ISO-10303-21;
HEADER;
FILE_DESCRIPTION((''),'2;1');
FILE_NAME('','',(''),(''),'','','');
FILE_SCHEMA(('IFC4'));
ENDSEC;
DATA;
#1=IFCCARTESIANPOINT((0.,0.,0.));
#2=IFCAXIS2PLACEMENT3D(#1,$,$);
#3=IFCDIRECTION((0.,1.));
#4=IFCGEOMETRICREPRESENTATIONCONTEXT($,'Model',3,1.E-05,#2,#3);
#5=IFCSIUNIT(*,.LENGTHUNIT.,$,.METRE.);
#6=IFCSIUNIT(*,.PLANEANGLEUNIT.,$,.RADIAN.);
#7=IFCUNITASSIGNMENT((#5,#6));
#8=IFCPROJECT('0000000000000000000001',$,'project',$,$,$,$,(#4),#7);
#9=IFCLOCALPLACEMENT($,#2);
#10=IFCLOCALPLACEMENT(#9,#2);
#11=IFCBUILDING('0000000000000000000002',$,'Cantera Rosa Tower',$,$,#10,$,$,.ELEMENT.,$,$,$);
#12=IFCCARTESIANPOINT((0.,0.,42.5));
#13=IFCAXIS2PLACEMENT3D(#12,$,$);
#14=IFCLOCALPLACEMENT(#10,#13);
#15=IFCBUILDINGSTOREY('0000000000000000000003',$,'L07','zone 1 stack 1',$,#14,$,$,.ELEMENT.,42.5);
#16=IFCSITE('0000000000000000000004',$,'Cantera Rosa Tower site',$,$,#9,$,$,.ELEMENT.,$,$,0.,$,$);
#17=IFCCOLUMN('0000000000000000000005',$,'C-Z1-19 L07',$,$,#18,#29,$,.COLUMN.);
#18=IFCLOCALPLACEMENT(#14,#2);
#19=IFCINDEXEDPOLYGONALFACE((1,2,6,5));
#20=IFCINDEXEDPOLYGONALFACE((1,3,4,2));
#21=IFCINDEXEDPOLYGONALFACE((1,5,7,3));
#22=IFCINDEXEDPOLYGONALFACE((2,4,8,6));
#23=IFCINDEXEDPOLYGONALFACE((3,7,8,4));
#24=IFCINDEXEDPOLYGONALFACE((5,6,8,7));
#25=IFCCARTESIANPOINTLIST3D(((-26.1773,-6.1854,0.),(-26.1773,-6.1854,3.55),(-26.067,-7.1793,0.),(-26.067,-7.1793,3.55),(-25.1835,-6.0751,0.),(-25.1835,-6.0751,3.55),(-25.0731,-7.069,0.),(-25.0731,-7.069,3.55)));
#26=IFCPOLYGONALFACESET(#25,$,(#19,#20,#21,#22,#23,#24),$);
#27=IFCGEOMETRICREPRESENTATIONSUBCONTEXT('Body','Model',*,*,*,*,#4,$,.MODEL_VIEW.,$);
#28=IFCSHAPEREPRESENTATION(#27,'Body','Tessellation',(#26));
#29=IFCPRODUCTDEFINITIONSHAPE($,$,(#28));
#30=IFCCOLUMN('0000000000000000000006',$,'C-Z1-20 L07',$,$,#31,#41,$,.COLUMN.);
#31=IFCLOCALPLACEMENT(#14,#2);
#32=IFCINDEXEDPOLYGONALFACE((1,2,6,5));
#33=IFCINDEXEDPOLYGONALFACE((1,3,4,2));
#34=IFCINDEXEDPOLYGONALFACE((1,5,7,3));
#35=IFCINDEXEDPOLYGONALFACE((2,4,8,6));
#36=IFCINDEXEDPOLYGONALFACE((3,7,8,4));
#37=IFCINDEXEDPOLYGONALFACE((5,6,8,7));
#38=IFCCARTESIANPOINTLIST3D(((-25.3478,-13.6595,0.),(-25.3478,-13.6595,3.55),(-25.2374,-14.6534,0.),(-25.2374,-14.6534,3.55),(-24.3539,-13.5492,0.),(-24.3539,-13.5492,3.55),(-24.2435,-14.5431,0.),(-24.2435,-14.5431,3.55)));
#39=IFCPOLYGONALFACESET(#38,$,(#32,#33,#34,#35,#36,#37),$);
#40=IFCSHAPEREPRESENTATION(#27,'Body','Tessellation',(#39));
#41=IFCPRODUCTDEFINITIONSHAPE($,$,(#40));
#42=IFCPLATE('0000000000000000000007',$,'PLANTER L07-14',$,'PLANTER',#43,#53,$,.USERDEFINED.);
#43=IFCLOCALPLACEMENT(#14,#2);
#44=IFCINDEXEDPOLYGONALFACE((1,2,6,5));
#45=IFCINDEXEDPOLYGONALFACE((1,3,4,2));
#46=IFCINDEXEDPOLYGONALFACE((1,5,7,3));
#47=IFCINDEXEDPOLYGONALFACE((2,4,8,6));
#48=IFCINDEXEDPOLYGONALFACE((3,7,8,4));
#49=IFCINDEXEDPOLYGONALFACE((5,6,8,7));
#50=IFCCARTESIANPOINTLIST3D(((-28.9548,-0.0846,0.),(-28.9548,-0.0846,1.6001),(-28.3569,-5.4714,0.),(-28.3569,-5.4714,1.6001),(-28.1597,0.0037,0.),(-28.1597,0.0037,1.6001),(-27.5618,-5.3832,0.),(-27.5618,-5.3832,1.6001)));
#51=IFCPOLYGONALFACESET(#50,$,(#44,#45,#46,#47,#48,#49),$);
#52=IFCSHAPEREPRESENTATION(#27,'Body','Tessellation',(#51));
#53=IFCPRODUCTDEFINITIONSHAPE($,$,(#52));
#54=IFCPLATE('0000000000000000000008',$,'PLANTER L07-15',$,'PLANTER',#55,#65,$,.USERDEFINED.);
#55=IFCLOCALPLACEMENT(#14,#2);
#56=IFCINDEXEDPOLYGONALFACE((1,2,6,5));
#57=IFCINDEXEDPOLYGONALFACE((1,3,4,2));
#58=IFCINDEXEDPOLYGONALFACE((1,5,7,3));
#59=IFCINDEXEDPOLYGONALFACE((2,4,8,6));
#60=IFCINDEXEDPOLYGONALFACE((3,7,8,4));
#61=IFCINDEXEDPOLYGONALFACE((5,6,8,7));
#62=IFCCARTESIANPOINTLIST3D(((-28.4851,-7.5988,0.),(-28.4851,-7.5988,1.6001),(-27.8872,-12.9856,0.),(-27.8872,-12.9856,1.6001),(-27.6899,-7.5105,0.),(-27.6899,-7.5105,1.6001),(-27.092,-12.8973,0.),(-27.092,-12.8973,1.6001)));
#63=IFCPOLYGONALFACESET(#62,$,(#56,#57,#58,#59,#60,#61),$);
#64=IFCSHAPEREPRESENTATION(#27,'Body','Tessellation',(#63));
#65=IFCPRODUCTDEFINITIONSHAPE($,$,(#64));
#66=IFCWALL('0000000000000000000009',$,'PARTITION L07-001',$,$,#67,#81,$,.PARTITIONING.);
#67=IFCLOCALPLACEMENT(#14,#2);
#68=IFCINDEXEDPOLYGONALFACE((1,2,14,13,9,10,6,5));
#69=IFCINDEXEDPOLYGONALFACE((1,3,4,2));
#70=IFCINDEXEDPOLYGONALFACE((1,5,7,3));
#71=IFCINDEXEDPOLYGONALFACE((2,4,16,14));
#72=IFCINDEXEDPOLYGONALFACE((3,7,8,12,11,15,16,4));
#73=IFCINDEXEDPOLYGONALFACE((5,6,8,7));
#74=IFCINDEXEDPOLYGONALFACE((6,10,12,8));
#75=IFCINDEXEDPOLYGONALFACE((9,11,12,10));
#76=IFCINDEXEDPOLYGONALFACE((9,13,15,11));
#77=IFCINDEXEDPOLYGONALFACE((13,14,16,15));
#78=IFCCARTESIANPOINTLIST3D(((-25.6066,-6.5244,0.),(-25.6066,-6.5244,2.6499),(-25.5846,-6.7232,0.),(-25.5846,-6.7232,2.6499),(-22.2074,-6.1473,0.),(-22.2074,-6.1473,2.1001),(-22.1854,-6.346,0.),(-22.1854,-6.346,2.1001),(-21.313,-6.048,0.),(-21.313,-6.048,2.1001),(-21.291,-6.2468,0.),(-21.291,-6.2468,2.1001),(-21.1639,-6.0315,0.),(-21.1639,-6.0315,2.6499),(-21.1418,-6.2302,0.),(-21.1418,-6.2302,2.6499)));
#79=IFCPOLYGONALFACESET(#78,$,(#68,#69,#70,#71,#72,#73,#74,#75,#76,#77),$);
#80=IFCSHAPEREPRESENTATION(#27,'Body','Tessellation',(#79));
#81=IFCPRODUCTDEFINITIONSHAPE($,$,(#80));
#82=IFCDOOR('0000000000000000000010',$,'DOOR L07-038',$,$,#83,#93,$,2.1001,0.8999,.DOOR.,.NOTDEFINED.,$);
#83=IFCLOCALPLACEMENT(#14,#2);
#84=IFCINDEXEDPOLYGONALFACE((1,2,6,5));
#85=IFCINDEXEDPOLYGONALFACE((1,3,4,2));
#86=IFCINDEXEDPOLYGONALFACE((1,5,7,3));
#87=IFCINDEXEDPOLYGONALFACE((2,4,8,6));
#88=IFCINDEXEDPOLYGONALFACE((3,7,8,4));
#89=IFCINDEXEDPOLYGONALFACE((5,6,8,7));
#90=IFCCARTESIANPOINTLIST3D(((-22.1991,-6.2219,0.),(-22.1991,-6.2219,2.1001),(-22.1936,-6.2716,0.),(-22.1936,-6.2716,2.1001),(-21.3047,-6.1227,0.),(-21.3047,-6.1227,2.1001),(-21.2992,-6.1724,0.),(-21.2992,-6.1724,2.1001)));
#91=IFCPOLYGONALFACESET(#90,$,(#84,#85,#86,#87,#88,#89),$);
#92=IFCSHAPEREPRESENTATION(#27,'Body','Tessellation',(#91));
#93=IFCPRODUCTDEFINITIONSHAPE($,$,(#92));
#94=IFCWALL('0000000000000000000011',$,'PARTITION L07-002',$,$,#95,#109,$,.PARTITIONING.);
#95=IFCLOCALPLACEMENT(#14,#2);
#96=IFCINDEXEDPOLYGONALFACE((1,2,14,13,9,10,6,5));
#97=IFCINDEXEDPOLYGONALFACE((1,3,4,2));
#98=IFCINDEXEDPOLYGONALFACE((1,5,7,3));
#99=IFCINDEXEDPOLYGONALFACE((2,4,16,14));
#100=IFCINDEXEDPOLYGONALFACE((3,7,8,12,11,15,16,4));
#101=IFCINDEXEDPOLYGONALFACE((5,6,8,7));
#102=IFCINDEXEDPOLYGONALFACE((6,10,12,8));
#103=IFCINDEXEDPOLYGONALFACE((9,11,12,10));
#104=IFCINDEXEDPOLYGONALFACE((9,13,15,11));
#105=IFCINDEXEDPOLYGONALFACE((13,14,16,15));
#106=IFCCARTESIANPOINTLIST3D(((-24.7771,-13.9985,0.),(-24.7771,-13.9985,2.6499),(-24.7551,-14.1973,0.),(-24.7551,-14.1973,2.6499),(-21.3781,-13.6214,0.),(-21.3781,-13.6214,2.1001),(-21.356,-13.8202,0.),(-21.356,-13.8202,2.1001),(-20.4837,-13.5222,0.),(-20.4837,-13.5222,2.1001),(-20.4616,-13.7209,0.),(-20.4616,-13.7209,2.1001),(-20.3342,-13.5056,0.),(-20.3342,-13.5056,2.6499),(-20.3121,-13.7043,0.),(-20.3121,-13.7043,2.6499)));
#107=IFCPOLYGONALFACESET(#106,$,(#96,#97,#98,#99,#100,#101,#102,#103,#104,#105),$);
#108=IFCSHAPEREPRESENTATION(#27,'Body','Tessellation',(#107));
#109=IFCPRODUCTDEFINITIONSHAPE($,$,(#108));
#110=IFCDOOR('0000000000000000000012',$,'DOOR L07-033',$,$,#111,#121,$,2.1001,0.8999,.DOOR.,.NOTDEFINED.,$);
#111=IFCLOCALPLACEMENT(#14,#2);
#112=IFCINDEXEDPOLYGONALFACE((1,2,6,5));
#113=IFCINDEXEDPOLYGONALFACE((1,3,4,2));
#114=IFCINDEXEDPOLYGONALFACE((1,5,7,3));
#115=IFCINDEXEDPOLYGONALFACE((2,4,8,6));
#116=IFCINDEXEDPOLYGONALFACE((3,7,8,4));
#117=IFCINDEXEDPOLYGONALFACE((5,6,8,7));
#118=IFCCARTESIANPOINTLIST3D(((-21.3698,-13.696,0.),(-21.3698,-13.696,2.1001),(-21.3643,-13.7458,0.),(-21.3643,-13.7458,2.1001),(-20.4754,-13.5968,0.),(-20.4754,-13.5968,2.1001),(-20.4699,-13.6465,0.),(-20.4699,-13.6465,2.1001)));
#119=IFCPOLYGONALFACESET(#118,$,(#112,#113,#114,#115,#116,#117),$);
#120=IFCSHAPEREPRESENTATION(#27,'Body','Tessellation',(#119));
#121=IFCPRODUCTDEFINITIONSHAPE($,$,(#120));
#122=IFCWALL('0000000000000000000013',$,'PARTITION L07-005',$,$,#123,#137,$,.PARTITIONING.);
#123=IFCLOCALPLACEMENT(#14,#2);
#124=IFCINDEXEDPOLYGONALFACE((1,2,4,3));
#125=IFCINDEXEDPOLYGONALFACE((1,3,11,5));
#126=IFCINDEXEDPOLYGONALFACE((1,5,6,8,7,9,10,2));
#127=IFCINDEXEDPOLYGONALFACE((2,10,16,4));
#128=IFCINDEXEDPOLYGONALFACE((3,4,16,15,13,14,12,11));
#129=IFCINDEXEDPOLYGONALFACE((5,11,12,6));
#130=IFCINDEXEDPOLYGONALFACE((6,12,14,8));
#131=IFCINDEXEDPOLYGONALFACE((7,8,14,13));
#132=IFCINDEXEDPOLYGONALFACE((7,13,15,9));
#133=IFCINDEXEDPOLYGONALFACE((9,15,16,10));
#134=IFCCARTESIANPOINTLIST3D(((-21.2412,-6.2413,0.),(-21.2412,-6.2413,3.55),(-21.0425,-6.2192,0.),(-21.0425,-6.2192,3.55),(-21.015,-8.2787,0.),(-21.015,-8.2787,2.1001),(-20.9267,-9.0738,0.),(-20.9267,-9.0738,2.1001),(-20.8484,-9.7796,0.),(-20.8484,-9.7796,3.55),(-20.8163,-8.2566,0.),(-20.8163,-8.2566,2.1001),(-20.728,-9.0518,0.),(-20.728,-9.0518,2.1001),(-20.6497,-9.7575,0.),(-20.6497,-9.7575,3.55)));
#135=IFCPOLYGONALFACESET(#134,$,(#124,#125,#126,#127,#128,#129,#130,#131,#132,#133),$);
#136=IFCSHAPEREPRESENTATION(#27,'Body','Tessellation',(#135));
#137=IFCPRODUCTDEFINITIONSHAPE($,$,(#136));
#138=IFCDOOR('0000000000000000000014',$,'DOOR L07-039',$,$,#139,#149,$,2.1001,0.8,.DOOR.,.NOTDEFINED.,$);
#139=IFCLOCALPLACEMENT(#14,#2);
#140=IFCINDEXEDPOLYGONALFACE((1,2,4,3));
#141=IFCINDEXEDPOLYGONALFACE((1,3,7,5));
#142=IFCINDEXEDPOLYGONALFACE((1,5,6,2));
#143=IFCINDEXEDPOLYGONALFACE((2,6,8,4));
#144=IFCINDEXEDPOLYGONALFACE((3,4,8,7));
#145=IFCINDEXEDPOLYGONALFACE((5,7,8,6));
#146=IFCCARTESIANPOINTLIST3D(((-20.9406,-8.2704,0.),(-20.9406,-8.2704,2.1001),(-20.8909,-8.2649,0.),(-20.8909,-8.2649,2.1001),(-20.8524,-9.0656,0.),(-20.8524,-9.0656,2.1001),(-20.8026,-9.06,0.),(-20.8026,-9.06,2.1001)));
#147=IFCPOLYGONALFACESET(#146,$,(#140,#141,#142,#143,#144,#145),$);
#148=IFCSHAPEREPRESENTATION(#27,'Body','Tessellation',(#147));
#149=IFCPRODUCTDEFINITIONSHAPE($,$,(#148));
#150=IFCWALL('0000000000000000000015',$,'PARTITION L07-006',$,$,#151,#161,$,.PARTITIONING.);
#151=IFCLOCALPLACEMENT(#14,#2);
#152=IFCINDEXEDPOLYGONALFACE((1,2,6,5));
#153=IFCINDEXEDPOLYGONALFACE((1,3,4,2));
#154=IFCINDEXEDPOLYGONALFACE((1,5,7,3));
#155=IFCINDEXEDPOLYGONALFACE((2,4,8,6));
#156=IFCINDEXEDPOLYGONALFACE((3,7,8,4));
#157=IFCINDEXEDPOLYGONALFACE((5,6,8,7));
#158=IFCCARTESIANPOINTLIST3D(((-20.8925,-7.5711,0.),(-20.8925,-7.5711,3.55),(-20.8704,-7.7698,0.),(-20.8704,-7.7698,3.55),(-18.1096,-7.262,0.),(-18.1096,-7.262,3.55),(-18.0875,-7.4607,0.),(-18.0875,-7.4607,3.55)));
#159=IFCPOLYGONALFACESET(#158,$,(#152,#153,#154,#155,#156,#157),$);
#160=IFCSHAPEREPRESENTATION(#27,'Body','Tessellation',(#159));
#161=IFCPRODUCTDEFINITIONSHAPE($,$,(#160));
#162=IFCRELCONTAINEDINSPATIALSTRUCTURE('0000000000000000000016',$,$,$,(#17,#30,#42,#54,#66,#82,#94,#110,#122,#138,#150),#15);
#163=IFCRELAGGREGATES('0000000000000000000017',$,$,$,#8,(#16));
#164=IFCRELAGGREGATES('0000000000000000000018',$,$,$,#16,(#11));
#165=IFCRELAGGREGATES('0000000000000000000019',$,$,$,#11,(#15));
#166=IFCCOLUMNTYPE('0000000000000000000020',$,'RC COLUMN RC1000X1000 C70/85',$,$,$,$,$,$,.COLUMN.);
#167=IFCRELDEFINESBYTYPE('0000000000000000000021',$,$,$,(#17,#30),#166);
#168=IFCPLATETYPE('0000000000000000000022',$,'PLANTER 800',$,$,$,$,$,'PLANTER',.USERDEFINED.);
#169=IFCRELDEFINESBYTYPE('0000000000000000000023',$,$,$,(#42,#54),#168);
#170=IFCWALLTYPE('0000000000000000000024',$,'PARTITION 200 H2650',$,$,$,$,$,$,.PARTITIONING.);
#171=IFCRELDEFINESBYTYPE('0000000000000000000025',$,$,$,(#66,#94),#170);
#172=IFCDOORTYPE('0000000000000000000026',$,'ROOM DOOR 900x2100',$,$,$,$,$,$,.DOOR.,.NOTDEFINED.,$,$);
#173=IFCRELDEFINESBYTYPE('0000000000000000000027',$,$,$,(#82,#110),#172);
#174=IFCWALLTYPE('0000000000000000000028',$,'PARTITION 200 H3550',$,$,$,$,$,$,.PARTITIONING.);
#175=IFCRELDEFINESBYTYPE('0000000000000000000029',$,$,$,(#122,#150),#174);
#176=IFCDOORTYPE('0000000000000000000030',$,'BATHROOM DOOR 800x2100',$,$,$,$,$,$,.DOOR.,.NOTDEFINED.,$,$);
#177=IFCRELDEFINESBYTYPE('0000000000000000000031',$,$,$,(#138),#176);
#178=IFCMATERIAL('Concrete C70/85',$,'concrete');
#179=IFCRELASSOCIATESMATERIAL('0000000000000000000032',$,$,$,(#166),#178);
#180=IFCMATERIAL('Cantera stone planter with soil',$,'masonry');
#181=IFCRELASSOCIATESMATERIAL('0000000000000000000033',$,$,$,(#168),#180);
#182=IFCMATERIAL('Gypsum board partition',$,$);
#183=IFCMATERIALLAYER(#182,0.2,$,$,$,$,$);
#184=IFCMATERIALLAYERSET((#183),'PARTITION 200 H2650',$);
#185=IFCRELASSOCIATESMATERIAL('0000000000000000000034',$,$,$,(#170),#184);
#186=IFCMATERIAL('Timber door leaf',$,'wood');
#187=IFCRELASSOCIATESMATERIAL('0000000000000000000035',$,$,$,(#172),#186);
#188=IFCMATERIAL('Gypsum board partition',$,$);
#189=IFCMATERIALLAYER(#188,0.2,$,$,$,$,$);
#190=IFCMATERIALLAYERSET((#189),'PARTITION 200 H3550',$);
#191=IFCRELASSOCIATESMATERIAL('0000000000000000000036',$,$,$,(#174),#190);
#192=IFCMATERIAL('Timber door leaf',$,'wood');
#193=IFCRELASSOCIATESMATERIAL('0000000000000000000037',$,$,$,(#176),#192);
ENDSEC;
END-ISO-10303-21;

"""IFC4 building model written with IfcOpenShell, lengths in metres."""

from ifc_helpers import new_model, si_unit, direction, frame, frame_2d, origin, origin_2d, place, context, subcontext, project, spatial, rectangle, extrude, material, layer, layer_set, material_profile, profile_set, type_object, element, fill, save


model = new_model("IFC4")

# Units and contexts
model_context = context("Model", 3, precision=1e-05, world=origin(), true_north=direction((0.0, 1.0)))
body_context = subcontext(model_context, "Body", "Model", "MODEL_VIEW")
ifc_project = project(units=[si_unit("LENGTHUNIT", "METRE"), si_unit("PLANEANGLEUNIT", "RADIAN")], contexts=[model_context])

# Site, building, storey
site_placement = place(None, origin())
site = spatial("IfcSite", under=ifc_project, at=site_placement, Name="Cantera Rosa Tower site", CompositionType="ELEMENT", RefElevation=0.0)
building_placement = place(site_placement, origin())
building = spatial("IfcBuilding", under=site, at=building_placement, Name="Cantera Rosa Tower", CompositionType="ELEMENT")
storey_placement = place(building_placement, frame((0.0, 0.0, 42.5)))
storey = spatial("IfcBuildingStorey", under=building, at=storey_placement, Name="L07", Description="zone 1 stack 1", CompositionType="ELEMENT", Elevation=42.5)

# Columns
ifc_material_1 = material(Name="Concrete C70/85", Category="concrete")
ifc_material_profile = material_profile(ifc_material_1, rectangle(XDim=1.0, YDim=1.0, at=origin_2d()), Name="RC COLUMN RC1000X1000 C70/85")
ifc_profile_set = profile_set([ifc_material_profile], Name="Concrete C70/85")
column_type = type_object("IfcColumnType", Name="RC COLUMN RC1000X1000 C70/85", PredefinedType="COLUMN", material=ifc_profile_set)
for number, where, z_axis, x_axis, name in (
    (1, (-25.6252, -6.6272, 0.0), (0.0, 0.0, 1.0), (0.993897, 0.110313, 0.0), "C-Z1-19 L07"),
    (2, (-24.7957, -14.1013, 0.0), (0.0, 0.0, 1.0), (0.993897, 0.110313, 0.0), "C-Z1-20 L07"),
):
    element("IfcColumn", number, at=place(storey_placement, frame(where, z_axis=z_axis, x_axis=x_axis)), inside=storey, type_object=column_type, Name=name, PredefinedType="COLUMN", context=body_context, shape_type="SweptSolid", body=[
        extrude(rectangle(XDim=1.0, YDim=1.0, at=origin_2d()), origin(), (0.0, 0.0, 1.0), 3.55),
    ])

# Plates
ifc_material_2 = material(Name="Cantera stone planter with soil", Category="masonry")
plate_type = type_object("IfcPlateType", Name="PLANTER 800", ElementType="PLANTER", PredefinedType="USERDEFINED", material=ifc_material_2)
for number, where, z_axis, x_axis, name in (
    (3, (-28.2583, -2.7339, 0.0), (0.0, 0.0, 1.0), (0.110313, -0.993897, 0.0), "PLANTER L07-14"),
    (4, (-27.7886, -10.248, 0.0), (0.0, 0.0, 1.0), (0.110313, -0.993897, 0.0), "PLANTER L07-15"),
):
    element("IfcPlate", number, at=place(storey_placement, frame(where, z_axis=z_axis, x_axis=x_axis)), inside=storey, type_object=plate_type, Name=name, ObjectType="PLANTER", PredefinedType="USERDEFINED", context=body_context, shape_type="SweptSolid", body=[
        extrude(rectangle(XDim=5.4199, YDim=0.8, at=origin_2d()), origin(), (0.0, 0.0, 1.0), 1.6001),
    ])

# Walls, openings, doors
ifc_material_3 = material(Name="Gypsum board partition")
ifc_layer_1 = layer(ifc_material_3, 0.2)
ifc_layer_set_1 = layer_set([ifc_layer_1], Name="PARTITION 200 H2650")
wall_type_1 = type_object("IfcWallType", Name="PARTITION 200 H2650", PredefinedType="PARTITIONING", material=ifc_layer_set_1)
wall_1_placement = place(storey_placement, frame((-25.5955, -6.6238, 0.0), z_axis=(0.0, 0.0, 1.0), x_axis=(0.993901, 0.110276, 0.0)))
wall_1 = element("IfcWall", 5, at=wall_1_placement, inside=storey, type_object=wall_type_1, Name="PARTITION L07-001", PredefinedType="PARTITIONING", context=body_context, shape_type="SweptSolid", body=[
    extrude(rectangle(XDim=4.47, YDim=0.2, at=frame_2d((2.2349, 0.0))), origin(), (0.0, 0.0, 1.0), 2.6499),
])
opening_1_placement = place(wall_1_placement, frame((3.4199, 0.0, 0.0)))
opening_1 = element("IfcOpeningElement", 6, at=opening_1_placement, cuts=wall_1, PredefinedType="OPENING", context=body_context, shape_type="SweptSolid", body=[
    extrude(rectangle(XDim=0.8999, YDim=2.1001, at=frame_2d((0.45, 1.05))), frame((0.0, 0.1099, 0.0), z_axis=(0.0, -1.0, 0.0), x_axis=(1.0, 0.0, 0.0)), (0.0, 0.0, 1.0), 0.22),
])
ifc_material_4 = material(Name="Timber door leaf", Category="wood")
door_type_1 = type_object("IfcDoorType", Name="ROOM DOOR 900x2100", OperationType="NOTDEFINED", PredefinedType="DOOR", material=ifc_material_4)
door_1_placement = place(opening_1_placement, origin())
door_1 = element("IfcDoor", 7, at=door_1_placement, inside=storey, type_object=door_type_1, Name="DOOR L07-038", OperationType="NOTDEFINED", OverallHeight=2.1001, OverallWidth=0.8999, PredefinedType="DOOR", context=body_context, shape_type="SweptSolid", body=[
    extrude(rectangle(XDim=0.8999, YDim=2.1001, at=frame_2d((0.45, 1.05))), frame((0.0, 0.0249, 0.0), z_axis=(0.0, -1.0, 0.0), x_axis=(1.0, 0.0, 0.0)), (0.0, 0.0, 1.0), 0.05),
])
fill(opening_1, door_1)
wall_2_placement = place(storey_placement, frame((-24.7661, -14.0979, 0.0), z_axis=(0.0, 0.0, 1.0), x_axis=(0.993902, 0.11027, 0.0)))
wall_2 = element("IfcWall", 8, at=wall_2_placement, inside=storey, type_object=wall_type_1, Name="PARTITION L07-002", PredefinedType="PARTITIONING", context=body_context, shape_type="SweptSolid", body=[
    extrude(rectangle(XDim=4.4702, YDim=0.2, at=frame_2d((2.2351, 0.0))), origin(), (0.0, 0.0, 1.0), 2.6499),
])
opening_2_placement = place(wall_2_placement, frame((3.4199, 0.0, 0.0)))
opening_2 = element("IfcOpeningElement", 9, at=opening_2_placement, cuts=wall_2, PredefinedType="OPENING", context=body_context, shape_type="SweptSolid", body=[
    extrude(rectangle(XDim=0.8999, YDim=2.1001, at=frame_2d((0.45, 1.05))), frame((0.0, 0.1099, 0.0), z_axis=(0.0, -1.0, 0.0), x_axis=(1.0, 0.0, 0.0)), (0.0, 0.0, 1.0), 0.22),
])
door_2_placement = place(opening_2_placement, origin())
door_2 = element("IfcDoor", 10, at=door_2_placement, inside=storey, type_object=door_type_1, Name="DOOR L07-033", OperationType="NOTDEFINED", OverallHeight=2.1001, OverallWidth=0.8999, PredefinedType="DOOR", context=body_context, shape_type="SweptSolid", body=[
    extrude(rectangle(XDim=0.8999, YDim=2.1001, at=frame_2d((0.45, 1.05))), frame((0.0, 0.0249, 0.0), z_axis=(0.0, -1.0, 0.0), x_axis=(1.0, 0.0, 0.0)), (0.0, 0.0, 1.0), 0.05),
])
fill(opening_2, door_2)
ifc_material_5 = material(Name="Gypsum board partition")
ifc_layer_2 = layer(ifc_material_5, 0.2)
ifc_layer_set_2 = layer_set([ifc_layer_2], Name="PARTITION 200 H3550")
wall_type_2 = type_object("IfcWallType", Name="PARTITION 200 H3550", PredefinedType="PARTITIONING", material=ifc_layer_set_2)
wall_3_placement = place(storey_placement, frame((-21.1418, -6.2302, 0.0), z_axis=(0.0, 0.0, 1.0), x_axis=(0.110341, -0.993894, 0.0)))
wall_3 = element("IfcWall", 11, at=wall_3_placement, inside=storey, type_object=wall_type_2, Name="PARTITION L07-005", PredefinedType="PARTITIONING", context=body_context, shape_type="SweptSolid", body=[
    extrude(rectangle(XDim=3.5601, YDim=0.2, at=frame_2d((1.78, 0.0))), origin(), (0.0, 0.0, 1.0), 3.55),
])
opening_3_placement = place(wall_3_placement, frame((2.05, 0.0, 0.0)))
opening_3 = element("IfcOpeningElement", 12, at=opening_3_placement, cuts=wall_3, PredefinedType="OPENING", context=body_context, shape_type="SweptSolid", body=[
    extrude(rectangle(XDim=0.8, YDim=2.1001, at=frame_2d((0.3999, 1.05))), frame((0.0, 0.1099, 0.0), z_axis=(0.0, -1.0, 0.0), x_axis=(1.0, 0.0, 0.0)), (0.0, 0.0, 1.0), 0.22),
])
ifc_material_6 = material(Name="Timber door leaf", Category="wood")
door_type_2 = type_object("IfcDoorType", Name="BATHROOM DOOR 800x2100", OperationType="NOTDEFINED", PredefinedType="DOOR", material=ifc_material_6)
door_3_placement = place(opening_3_placement, origin())
door_3 = element("IfcDoor", 13, at=door_3_placement, inside=storey, type_object=door_type_2, Name="DOOR L07-039", OperationType="NOTDEFINED", OverallHeight=2.1001, OverallWidth=0.8, PredefinedType="DOOR", context=body_context, shape_type="SweptSolid", body=[
    extrude(rectangle(XDim=0.8, YDim=2.1001, at=frame_2d((0.3999, 1.05))), frame((0.0, 0.0249, 0.0), z_axis=(0.0, -1.0, 0.0), x_axis=(1.0, 0.0, 0.0)), (0.0, 0.0, 1.0), 0.05),
])
fill(opening_3, door_3)

# Wall
wall_4_placement = place(storey_placement, frame((-20.8813, -7.6704, 0.0), z_axis=(0.0, 0.0, 1.0), x_axis=(0.993889, 0.110384, 0.0)))
element("IfcWall", 14, at=wall_4_placement, inside=storey, type_object=wall_type_2, Name="PARTITION L07-006", PredefinedType="PARTITIONING", context=body_context, shape_type="SweptSolid", body=[
    extrude(rectangle(XDim=2.8, YDim=0.2, at=frame_2d((1.3999, 0.0))), origin(), (0.0, 0.0, 1.0), 3.55),
])

save(model, "model.ifc")
